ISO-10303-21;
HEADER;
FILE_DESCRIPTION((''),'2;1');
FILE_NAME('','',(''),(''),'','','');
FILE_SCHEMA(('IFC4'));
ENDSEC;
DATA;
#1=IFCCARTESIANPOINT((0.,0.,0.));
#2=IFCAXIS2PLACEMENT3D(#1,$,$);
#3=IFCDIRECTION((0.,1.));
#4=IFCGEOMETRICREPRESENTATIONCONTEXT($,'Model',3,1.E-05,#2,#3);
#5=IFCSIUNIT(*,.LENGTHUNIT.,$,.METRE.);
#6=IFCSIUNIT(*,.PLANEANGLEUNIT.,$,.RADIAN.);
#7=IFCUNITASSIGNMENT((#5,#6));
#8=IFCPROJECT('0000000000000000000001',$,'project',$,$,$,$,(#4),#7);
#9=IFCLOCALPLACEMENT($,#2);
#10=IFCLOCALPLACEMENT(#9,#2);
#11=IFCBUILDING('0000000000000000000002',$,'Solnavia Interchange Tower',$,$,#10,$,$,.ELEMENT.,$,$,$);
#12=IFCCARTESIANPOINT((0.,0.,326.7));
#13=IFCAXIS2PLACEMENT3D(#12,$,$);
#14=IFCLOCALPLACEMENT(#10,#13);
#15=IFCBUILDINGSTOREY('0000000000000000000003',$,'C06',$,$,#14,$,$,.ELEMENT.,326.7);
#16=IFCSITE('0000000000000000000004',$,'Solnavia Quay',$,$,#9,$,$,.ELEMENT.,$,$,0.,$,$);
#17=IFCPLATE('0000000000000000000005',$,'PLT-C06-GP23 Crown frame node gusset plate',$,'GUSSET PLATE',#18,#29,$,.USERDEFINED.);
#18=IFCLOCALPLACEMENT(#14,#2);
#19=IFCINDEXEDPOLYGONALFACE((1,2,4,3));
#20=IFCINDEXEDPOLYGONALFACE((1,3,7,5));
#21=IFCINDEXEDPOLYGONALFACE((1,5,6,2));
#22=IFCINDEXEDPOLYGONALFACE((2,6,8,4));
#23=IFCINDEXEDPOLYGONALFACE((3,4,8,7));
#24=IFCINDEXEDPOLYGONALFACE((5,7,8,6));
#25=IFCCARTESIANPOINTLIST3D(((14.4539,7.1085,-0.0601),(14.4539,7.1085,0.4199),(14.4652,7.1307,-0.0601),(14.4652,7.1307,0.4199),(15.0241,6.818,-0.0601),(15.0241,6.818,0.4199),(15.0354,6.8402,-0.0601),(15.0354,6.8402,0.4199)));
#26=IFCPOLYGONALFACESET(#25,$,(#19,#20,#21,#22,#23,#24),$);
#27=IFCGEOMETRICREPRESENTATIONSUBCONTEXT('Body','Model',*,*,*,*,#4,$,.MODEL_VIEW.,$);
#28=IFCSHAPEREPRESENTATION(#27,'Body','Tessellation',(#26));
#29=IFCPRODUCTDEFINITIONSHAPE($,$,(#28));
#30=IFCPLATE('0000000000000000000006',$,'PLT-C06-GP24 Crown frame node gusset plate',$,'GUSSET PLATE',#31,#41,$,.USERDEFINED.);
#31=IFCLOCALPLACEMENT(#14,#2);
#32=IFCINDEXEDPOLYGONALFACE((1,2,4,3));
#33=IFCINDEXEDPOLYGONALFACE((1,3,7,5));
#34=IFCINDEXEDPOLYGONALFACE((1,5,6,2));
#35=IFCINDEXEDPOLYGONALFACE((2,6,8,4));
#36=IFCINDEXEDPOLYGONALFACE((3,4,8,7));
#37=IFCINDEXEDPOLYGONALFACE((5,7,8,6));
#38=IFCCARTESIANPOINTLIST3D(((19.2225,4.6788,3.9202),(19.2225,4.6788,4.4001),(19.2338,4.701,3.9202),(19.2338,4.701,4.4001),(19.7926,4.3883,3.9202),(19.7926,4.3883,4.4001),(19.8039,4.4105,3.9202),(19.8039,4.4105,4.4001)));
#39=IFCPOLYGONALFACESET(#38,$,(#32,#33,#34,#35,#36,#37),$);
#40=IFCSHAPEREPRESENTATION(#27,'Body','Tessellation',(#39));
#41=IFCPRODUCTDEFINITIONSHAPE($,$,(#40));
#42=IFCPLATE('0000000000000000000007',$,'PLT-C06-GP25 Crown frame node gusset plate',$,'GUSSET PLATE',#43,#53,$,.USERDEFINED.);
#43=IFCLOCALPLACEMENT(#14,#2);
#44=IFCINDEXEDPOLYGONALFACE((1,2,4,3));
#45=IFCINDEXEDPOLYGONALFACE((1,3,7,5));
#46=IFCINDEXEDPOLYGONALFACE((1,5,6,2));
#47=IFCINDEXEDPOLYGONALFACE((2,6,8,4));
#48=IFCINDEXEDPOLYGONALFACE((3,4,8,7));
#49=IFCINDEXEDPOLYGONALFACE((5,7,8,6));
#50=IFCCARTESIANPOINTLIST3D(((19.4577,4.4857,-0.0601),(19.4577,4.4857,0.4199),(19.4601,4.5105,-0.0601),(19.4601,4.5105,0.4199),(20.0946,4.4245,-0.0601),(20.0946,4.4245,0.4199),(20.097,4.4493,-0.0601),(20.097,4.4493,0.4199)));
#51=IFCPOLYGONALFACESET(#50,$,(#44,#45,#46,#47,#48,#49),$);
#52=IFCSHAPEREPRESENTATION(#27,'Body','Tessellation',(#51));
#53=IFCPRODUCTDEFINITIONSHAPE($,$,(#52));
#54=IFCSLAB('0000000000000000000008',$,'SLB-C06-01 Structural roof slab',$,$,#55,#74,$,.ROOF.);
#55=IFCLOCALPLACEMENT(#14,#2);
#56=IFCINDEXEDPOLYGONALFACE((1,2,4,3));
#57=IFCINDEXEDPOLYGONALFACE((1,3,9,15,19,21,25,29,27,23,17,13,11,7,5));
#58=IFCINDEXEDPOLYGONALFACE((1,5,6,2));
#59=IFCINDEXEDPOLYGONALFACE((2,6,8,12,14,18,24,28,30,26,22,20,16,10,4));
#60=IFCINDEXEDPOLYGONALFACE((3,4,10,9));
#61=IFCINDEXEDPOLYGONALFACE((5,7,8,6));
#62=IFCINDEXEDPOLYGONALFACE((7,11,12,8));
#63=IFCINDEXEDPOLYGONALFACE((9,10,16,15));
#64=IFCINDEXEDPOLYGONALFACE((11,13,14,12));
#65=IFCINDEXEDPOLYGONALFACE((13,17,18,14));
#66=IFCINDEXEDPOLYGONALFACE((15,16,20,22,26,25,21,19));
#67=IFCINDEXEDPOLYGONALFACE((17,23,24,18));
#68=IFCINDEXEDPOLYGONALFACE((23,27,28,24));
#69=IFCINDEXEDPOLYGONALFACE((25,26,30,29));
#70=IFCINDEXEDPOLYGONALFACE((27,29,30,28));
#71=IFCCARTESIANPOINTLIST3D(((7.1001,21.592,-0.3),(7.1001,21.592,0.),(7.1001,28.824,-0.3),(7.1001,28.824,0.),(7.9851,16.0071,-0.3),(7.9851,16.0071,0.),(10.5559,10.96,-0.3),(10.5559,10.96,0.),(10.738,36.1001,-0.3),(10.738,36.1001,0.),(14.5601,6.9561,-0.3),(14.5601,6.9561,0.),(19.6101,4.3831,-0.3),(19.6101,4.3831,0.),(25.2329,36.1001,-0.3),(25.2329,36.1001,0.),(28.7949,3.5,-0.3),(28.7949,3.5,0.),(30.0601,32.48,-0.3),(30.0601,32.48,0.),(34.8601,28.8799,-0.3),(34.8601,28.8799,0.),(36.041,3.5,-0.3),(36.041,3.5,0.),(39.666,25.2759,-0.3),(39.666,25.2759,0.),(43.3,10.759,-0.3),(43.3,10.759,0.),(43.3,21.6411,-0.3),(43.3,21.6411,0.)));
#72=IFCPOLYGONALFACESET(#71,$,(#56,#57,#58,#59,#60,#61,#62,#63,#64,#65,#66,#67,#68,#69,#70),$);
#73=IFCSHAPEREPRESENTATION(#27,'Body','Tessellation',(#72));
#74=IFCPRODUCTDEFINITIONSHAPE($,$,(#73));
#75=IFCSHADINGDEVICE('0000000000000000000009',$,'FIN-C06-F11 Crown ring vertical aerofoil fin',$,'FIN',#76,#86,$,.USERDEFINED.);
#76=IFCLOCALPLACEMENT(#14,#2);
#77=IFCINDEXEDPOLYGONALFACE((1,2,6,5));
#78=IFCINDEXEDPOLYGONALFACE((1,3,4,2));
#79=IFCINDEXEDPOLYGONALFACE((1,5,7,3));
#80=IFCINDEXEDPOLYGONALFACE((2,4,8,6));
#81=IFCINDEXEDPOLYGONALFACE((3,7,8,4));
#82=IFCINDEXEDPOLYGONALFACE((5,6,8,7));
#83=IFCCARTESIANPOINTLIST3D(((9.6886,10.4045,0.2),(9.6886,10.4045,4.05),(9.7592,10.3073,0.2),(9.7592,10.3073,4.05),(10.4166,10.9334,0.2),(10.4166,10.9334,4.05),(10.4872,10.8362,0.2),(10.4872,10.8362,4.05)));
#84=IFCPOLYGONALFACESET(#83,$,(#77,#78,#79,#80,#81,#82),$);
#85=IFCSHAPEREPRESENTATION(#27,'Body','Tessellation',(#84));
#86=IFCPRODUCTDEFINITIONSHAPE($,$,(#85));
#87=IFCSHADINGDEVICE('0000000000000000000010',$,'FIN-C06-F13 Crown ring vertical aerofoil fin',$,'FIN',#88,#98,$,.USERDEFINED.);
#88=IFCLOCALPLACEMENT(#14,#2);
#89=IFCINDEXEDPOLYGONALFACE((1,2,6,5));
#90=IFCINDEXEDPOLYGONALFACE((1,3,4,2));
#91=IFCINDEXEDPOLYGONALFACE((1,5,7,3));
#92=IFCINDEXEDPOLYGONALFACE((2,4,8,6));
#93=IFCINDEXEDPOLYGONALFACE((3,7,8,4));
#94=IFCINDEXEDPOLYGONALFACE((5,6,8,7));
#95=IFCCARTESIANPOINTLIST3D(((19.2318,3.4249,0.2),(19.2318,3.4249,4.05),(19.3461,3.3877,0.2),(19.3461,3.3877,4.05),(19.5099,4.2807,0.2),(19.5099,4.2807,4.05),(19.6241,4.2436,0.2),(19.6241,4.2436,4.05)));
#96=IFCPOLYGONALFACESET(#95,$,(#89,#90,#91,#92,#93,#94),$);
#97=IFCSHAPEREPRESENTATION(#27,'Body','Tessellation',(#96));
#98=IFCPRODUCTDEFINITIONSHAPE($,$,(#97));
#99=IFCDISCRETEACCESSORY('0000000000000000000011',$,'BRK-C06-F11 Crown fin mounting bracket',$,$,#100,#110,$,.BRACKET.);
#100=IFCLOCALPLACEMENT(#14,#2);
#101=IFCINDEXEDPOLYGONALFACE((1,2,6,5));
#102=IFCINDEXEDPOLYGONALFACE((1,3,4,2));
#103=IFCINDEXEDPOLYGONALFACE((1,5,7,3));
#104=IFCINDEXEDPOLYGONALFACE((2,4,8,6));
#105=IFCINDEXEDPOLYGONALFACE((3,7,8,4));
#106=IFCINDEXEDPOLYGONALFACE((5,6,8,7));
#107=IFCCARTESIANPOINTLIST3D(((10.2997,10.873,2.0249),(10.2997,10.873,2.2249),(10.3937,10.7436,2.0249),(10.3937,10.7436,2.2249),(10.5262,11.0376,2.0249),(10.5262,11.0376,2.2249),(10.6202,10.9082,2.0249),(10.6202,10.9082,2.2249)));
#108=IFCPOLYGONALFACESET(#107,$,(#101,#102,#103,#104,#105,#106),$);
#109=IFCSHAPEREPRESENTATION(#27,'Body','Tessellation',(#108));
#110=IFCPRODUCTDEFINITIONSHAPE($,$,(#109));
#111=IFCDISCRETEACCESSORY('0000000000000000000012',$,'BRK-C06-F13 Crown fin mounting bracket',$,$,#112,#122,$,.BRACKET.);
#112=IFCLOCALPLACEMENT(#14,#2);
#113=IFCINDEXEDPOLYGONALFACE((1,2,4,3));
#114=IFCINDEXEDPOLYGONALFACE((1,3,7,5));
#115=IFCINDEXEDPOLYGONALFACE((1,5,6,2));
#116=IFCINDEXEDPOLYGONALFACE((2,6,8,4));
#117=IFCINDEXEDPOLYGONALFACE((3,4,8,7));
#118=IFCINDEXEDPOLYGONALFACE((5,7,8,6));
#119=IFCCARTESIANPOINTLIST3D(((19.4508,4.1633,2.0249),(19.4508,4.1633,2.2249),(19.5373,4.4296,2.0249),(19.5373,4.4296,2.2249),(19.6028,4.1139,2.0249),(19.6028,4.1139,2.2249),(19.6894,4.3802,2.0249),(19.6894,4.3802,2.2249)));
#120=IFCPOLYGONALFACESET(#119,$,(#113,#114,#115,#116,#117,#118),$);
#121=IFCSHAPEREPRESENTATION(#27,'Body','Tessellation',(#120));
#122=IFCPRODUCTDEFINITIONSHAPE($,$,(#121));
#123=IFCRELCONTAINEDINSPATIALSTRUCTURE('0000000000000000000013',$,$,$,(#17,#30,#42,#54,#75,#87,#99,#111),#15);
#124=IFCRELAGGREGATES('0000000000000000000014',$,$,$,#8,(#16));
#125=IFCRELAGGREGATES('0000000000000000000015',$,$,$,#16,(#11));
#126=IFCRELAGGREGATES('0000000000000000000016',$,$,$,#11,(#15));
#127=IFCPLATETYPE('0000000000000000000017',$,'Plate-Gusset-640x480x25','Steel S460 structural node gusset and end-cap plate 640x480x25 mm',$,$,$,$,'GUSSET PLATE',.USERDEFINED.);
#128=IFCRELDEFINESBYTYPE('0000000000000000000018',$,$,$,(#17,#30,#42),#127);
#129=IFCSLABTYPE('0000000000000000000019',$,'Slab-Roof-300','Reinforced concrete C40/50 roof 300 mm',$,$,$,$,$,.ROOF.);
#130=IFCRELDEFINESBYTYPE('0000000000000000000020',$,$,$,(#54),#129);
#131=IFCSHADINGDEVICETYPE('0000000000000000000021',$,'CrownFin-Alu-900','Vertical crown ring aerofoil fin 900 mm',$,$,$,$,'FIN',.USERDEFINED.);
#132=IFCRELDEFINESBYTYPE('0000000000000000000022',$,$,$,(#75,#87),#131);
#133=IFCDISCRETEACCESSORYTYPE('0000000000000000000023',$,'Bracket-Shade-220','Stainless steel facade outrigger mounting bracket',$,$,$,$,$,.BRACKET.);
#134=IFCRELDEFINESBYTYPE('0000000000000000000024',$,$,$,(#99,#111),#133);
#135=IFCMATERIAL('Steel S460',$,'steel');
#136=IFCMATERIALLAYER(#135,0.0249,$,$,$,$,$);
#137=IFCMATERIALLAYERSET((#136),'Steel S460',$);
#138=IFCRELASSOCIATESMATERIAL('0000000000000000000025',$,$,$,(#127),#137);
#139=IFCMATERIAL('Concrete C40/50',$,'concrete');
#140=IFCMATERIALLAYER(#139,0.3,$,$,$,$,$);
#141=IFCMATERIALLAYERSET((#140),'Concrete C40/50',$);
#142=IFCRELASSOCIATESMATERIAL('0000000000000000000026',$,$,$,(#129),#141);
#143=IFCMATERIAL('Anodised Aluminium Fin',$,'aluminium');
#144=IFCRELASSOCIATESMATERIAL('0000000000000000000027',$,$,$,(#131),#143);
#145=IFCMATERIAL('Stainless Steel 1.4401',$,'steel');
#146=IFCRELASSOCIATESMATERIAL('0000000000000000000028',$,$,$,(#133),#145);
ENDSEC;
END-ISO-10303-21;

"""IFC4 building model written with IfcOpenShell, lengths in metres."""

from ifc_helpers import new_model, si_unit, direction, frame, origin, origin_2d, place, context, subcontext, project, spatial, polyline, rectangle, outline, extrude, material, layer, layer_set, type_object, element, save


model = new_model("IFC4")

# Units and contexts
model_context = context("Model", 3, precision=1e-05, world=origin(), true_north=direction((0.0, 1.0)))
body_context = subcontext(model_context, "Body", "Model", "MODEL_VIEW")
ifc_project = project(units=[si_unit("LENGTHUNIT", "METRE"), si_unit("PLANEANGLEUNIT", "RADIAN")], contexts=[model_context])

# Site, building, storey
site_placement = place(None, origin())
site = spatial("IfcSite", under=ifc_project, at=site_placement, Name="Solnavia Quay", CompositionType="ELEMENT", RefElevation=0.0)
building_placement = place(site_placement, origin())
building = spatial("IfcBuilding", under=site, at=building_placement, Name="Solnavia Interchange Tower", CompositionType="ELEMENT")
storey_placement = place(building_placement, frame((0.0, 0.0, 326.7)))
storey = spatial("IfcBuildingStorey", under=building, at=storey_placement, Name="C06", CompositionType="ELEMENT", Elevation=326.7)

# Shared definitions
ifc_material_1 = material(Name="Steel S460", Category="steel")

# Plates
ifc_layer_1 = layer(ifc_material_1, 0.0249)
ifc_layer_set_1 = layer_set([ifc_layer_1], Name="Steel S460")
plate_type = type_object("IfcPlateType", Name="Plate-Gusset-640x480x25", Description="Steel S460 structural node gusset and end-cap plate 640x480x25 mm", ElementType="GUSSET PLATE", PredefinedType="USERDEFINED", material=ifc_layer_set_1)
for number, where, z_axis, x_axis, name in (
    (1, (14.7446, 6.9744, -0.0601), (0.0, 0.0, 1.0), (0.891007, -0.45399, 0.0), "PLT-C06-GP23 Crown frame node gusset plate"),
    (2, (19.5132, 4.5447, 3.9202), (0.0, 0.0, 1.0), (0.891007, -0.45399, 0.0), "PLT-C06-GP24 Crown frame node gusset plate"),
    (3, (19.7773, 4.4675, -0.0601), (0.0, 0.0, 1.0), (0.995413, -0.095672, 0.0), "PLT-C06-GP25 Crown frame node gusset plate"),
):
    element("IfcPlate", number, at=place(storey_placement, frame(where, z_axis=z_axis, x_axis=x_axis)), inside=storey, type_object=plate_type, Name=name, ObjectType="GUSSET PLATE", PredefinedType="USERDEFINED", context=body_context, shape_type="SweptSolid", body=[
        extrude(rectangle(XDim=0.6399, YDim=0.0249, at=origin_2d()), origin(), (0.0, 0.0, 1.0), 0.48),
    ])

# Slab
ifc_material_2 = material(Name="Concrete C40/50", Category="concrete")
ifc_layer_2 = layer(ifc_material_2, 0.3)
ifc_layer_set_2 = layer_set([ifc_layer_2], Name="Concrete C40/50")
slab_type = type_object("IfcSlabType", Name="Slab-Roof-300", Description="Reinforced concrete C40/50 roof 300 mm", PredefinedType="ROOF", material=ifc_layer_set_2)
slab_placement = place(storey_placement, frame((0.0, 0.0, -0.3)))
element("IfcSlab", 4, at=slab_placement, inside=storey, type_object=slab_type, Name="SLB-C06-01 Structural roof slab", PredefinedType="ROOF", context=body_context, shape_type="SweptSolid", body=[
    extrude(outline(polyline([(43.3, 21.6411), (43.3, 10.759), (36.041, 3.5), (28.7949, 3.5), (19.6101, 4.3831), (14.5601, 6.9561), (10.5559, 10.96), (7.9851, 16.0071), (7.1001, 21.592), (7.1001, 28.824), (10.738, 36.1001), (25.2329, 36.1001), (30.0601, 32.48), (34.8601, 28.8799), (39.666, 25.2759), (43.3, 21.6411)])), origin(), (0.0, 0.0, 1.0), 0.3),
])

# Shading devices
ifc_material_3 = material(Name="Anodised Aluminium Fin", Category="aluminium")
shading_device_type = type_object("IfcShadingDeviceType", Name="CrownFin-Alu-900", Description="Vertical crown ring aerofoil fin 900 mm", ElementType="FIN", PredefinedType="USERDEFINED", material=ifc_material_3)
for number, where, z_axis, x_axis, name in (
    (5, (10.0879, 10.6204, 0.2), (0.0, 0.0, 1.0), (-0.809017, -0.587785, 0.0), "FIN-C06-F11 Crown ring vertical aerofoil fin"),
    (6, (19.428, 3.8342, 0.2), (0.0, 0.0, 1.0), (-0.309017, -0.951057, 0.0), "FIN-C06-F13 Crown ring vertical aerofoil fin"),
):
    element("IfcShadingDevice", number, at=place(storey_placement, frame(where, z_axis=z_axis, x_axis=x_axis)), inside=storey, type_object=shading_device_type, Name=name, ObjectType="FIN", PredefinedType="USERDEFINED", context=body_context, shape_type="SweptSolid", body=[
        extrude(rectangle(XDim=0.8999, YDim=0.1201, at=origin_2d()), origin(), (0.0, 0.0, 1.0), 3.8501),
    ])

# Discrete accessories
ifc_material_4 = material(Name="Stainless Steel 1.4401", Category="steel")
discrete_accessory_type = type_object("IfcDiscreteAccessoryType", Name="Bracket-Shade-220", Description="Stainless steel facade outrigger mounting bracket", PredefinedType="BRACKET", material=ifc_material_4)
for number, where, z_axis, x_axis, name in (
    (7, (10.46, 10.8906, 2.0249), (0.0, 0.0, 1.0), (-0.809017, -0.587785, 0.0), "BRK-C06-F11 Crown fin mounting bracket"),
    (8, (19.5701, 4.2717, 2.0249), (0.0, 0.0, 1.0), (-0.309017, -0.951057, 0.0), "BRK-C06-F13 Crown fin mounting bracket"),
):
    element("IfcDiscreteAccessory", number, at=place(storey_placement, frame(where, z_axis=z_axis, x_axis=x_axis)), inside=storey, type_object=discrete_accessory_type, Name=name, PredefinedType="BRACKET", context=body_context, shape_type="SweptSolid", body=[
        extrude(rectangle(XDim=0.28, YDim=0.1599, at=origin_2d()), origin(), (0.0, 0.0, 1.0), 0.2),
    ])

save(model, "model.ifc")
